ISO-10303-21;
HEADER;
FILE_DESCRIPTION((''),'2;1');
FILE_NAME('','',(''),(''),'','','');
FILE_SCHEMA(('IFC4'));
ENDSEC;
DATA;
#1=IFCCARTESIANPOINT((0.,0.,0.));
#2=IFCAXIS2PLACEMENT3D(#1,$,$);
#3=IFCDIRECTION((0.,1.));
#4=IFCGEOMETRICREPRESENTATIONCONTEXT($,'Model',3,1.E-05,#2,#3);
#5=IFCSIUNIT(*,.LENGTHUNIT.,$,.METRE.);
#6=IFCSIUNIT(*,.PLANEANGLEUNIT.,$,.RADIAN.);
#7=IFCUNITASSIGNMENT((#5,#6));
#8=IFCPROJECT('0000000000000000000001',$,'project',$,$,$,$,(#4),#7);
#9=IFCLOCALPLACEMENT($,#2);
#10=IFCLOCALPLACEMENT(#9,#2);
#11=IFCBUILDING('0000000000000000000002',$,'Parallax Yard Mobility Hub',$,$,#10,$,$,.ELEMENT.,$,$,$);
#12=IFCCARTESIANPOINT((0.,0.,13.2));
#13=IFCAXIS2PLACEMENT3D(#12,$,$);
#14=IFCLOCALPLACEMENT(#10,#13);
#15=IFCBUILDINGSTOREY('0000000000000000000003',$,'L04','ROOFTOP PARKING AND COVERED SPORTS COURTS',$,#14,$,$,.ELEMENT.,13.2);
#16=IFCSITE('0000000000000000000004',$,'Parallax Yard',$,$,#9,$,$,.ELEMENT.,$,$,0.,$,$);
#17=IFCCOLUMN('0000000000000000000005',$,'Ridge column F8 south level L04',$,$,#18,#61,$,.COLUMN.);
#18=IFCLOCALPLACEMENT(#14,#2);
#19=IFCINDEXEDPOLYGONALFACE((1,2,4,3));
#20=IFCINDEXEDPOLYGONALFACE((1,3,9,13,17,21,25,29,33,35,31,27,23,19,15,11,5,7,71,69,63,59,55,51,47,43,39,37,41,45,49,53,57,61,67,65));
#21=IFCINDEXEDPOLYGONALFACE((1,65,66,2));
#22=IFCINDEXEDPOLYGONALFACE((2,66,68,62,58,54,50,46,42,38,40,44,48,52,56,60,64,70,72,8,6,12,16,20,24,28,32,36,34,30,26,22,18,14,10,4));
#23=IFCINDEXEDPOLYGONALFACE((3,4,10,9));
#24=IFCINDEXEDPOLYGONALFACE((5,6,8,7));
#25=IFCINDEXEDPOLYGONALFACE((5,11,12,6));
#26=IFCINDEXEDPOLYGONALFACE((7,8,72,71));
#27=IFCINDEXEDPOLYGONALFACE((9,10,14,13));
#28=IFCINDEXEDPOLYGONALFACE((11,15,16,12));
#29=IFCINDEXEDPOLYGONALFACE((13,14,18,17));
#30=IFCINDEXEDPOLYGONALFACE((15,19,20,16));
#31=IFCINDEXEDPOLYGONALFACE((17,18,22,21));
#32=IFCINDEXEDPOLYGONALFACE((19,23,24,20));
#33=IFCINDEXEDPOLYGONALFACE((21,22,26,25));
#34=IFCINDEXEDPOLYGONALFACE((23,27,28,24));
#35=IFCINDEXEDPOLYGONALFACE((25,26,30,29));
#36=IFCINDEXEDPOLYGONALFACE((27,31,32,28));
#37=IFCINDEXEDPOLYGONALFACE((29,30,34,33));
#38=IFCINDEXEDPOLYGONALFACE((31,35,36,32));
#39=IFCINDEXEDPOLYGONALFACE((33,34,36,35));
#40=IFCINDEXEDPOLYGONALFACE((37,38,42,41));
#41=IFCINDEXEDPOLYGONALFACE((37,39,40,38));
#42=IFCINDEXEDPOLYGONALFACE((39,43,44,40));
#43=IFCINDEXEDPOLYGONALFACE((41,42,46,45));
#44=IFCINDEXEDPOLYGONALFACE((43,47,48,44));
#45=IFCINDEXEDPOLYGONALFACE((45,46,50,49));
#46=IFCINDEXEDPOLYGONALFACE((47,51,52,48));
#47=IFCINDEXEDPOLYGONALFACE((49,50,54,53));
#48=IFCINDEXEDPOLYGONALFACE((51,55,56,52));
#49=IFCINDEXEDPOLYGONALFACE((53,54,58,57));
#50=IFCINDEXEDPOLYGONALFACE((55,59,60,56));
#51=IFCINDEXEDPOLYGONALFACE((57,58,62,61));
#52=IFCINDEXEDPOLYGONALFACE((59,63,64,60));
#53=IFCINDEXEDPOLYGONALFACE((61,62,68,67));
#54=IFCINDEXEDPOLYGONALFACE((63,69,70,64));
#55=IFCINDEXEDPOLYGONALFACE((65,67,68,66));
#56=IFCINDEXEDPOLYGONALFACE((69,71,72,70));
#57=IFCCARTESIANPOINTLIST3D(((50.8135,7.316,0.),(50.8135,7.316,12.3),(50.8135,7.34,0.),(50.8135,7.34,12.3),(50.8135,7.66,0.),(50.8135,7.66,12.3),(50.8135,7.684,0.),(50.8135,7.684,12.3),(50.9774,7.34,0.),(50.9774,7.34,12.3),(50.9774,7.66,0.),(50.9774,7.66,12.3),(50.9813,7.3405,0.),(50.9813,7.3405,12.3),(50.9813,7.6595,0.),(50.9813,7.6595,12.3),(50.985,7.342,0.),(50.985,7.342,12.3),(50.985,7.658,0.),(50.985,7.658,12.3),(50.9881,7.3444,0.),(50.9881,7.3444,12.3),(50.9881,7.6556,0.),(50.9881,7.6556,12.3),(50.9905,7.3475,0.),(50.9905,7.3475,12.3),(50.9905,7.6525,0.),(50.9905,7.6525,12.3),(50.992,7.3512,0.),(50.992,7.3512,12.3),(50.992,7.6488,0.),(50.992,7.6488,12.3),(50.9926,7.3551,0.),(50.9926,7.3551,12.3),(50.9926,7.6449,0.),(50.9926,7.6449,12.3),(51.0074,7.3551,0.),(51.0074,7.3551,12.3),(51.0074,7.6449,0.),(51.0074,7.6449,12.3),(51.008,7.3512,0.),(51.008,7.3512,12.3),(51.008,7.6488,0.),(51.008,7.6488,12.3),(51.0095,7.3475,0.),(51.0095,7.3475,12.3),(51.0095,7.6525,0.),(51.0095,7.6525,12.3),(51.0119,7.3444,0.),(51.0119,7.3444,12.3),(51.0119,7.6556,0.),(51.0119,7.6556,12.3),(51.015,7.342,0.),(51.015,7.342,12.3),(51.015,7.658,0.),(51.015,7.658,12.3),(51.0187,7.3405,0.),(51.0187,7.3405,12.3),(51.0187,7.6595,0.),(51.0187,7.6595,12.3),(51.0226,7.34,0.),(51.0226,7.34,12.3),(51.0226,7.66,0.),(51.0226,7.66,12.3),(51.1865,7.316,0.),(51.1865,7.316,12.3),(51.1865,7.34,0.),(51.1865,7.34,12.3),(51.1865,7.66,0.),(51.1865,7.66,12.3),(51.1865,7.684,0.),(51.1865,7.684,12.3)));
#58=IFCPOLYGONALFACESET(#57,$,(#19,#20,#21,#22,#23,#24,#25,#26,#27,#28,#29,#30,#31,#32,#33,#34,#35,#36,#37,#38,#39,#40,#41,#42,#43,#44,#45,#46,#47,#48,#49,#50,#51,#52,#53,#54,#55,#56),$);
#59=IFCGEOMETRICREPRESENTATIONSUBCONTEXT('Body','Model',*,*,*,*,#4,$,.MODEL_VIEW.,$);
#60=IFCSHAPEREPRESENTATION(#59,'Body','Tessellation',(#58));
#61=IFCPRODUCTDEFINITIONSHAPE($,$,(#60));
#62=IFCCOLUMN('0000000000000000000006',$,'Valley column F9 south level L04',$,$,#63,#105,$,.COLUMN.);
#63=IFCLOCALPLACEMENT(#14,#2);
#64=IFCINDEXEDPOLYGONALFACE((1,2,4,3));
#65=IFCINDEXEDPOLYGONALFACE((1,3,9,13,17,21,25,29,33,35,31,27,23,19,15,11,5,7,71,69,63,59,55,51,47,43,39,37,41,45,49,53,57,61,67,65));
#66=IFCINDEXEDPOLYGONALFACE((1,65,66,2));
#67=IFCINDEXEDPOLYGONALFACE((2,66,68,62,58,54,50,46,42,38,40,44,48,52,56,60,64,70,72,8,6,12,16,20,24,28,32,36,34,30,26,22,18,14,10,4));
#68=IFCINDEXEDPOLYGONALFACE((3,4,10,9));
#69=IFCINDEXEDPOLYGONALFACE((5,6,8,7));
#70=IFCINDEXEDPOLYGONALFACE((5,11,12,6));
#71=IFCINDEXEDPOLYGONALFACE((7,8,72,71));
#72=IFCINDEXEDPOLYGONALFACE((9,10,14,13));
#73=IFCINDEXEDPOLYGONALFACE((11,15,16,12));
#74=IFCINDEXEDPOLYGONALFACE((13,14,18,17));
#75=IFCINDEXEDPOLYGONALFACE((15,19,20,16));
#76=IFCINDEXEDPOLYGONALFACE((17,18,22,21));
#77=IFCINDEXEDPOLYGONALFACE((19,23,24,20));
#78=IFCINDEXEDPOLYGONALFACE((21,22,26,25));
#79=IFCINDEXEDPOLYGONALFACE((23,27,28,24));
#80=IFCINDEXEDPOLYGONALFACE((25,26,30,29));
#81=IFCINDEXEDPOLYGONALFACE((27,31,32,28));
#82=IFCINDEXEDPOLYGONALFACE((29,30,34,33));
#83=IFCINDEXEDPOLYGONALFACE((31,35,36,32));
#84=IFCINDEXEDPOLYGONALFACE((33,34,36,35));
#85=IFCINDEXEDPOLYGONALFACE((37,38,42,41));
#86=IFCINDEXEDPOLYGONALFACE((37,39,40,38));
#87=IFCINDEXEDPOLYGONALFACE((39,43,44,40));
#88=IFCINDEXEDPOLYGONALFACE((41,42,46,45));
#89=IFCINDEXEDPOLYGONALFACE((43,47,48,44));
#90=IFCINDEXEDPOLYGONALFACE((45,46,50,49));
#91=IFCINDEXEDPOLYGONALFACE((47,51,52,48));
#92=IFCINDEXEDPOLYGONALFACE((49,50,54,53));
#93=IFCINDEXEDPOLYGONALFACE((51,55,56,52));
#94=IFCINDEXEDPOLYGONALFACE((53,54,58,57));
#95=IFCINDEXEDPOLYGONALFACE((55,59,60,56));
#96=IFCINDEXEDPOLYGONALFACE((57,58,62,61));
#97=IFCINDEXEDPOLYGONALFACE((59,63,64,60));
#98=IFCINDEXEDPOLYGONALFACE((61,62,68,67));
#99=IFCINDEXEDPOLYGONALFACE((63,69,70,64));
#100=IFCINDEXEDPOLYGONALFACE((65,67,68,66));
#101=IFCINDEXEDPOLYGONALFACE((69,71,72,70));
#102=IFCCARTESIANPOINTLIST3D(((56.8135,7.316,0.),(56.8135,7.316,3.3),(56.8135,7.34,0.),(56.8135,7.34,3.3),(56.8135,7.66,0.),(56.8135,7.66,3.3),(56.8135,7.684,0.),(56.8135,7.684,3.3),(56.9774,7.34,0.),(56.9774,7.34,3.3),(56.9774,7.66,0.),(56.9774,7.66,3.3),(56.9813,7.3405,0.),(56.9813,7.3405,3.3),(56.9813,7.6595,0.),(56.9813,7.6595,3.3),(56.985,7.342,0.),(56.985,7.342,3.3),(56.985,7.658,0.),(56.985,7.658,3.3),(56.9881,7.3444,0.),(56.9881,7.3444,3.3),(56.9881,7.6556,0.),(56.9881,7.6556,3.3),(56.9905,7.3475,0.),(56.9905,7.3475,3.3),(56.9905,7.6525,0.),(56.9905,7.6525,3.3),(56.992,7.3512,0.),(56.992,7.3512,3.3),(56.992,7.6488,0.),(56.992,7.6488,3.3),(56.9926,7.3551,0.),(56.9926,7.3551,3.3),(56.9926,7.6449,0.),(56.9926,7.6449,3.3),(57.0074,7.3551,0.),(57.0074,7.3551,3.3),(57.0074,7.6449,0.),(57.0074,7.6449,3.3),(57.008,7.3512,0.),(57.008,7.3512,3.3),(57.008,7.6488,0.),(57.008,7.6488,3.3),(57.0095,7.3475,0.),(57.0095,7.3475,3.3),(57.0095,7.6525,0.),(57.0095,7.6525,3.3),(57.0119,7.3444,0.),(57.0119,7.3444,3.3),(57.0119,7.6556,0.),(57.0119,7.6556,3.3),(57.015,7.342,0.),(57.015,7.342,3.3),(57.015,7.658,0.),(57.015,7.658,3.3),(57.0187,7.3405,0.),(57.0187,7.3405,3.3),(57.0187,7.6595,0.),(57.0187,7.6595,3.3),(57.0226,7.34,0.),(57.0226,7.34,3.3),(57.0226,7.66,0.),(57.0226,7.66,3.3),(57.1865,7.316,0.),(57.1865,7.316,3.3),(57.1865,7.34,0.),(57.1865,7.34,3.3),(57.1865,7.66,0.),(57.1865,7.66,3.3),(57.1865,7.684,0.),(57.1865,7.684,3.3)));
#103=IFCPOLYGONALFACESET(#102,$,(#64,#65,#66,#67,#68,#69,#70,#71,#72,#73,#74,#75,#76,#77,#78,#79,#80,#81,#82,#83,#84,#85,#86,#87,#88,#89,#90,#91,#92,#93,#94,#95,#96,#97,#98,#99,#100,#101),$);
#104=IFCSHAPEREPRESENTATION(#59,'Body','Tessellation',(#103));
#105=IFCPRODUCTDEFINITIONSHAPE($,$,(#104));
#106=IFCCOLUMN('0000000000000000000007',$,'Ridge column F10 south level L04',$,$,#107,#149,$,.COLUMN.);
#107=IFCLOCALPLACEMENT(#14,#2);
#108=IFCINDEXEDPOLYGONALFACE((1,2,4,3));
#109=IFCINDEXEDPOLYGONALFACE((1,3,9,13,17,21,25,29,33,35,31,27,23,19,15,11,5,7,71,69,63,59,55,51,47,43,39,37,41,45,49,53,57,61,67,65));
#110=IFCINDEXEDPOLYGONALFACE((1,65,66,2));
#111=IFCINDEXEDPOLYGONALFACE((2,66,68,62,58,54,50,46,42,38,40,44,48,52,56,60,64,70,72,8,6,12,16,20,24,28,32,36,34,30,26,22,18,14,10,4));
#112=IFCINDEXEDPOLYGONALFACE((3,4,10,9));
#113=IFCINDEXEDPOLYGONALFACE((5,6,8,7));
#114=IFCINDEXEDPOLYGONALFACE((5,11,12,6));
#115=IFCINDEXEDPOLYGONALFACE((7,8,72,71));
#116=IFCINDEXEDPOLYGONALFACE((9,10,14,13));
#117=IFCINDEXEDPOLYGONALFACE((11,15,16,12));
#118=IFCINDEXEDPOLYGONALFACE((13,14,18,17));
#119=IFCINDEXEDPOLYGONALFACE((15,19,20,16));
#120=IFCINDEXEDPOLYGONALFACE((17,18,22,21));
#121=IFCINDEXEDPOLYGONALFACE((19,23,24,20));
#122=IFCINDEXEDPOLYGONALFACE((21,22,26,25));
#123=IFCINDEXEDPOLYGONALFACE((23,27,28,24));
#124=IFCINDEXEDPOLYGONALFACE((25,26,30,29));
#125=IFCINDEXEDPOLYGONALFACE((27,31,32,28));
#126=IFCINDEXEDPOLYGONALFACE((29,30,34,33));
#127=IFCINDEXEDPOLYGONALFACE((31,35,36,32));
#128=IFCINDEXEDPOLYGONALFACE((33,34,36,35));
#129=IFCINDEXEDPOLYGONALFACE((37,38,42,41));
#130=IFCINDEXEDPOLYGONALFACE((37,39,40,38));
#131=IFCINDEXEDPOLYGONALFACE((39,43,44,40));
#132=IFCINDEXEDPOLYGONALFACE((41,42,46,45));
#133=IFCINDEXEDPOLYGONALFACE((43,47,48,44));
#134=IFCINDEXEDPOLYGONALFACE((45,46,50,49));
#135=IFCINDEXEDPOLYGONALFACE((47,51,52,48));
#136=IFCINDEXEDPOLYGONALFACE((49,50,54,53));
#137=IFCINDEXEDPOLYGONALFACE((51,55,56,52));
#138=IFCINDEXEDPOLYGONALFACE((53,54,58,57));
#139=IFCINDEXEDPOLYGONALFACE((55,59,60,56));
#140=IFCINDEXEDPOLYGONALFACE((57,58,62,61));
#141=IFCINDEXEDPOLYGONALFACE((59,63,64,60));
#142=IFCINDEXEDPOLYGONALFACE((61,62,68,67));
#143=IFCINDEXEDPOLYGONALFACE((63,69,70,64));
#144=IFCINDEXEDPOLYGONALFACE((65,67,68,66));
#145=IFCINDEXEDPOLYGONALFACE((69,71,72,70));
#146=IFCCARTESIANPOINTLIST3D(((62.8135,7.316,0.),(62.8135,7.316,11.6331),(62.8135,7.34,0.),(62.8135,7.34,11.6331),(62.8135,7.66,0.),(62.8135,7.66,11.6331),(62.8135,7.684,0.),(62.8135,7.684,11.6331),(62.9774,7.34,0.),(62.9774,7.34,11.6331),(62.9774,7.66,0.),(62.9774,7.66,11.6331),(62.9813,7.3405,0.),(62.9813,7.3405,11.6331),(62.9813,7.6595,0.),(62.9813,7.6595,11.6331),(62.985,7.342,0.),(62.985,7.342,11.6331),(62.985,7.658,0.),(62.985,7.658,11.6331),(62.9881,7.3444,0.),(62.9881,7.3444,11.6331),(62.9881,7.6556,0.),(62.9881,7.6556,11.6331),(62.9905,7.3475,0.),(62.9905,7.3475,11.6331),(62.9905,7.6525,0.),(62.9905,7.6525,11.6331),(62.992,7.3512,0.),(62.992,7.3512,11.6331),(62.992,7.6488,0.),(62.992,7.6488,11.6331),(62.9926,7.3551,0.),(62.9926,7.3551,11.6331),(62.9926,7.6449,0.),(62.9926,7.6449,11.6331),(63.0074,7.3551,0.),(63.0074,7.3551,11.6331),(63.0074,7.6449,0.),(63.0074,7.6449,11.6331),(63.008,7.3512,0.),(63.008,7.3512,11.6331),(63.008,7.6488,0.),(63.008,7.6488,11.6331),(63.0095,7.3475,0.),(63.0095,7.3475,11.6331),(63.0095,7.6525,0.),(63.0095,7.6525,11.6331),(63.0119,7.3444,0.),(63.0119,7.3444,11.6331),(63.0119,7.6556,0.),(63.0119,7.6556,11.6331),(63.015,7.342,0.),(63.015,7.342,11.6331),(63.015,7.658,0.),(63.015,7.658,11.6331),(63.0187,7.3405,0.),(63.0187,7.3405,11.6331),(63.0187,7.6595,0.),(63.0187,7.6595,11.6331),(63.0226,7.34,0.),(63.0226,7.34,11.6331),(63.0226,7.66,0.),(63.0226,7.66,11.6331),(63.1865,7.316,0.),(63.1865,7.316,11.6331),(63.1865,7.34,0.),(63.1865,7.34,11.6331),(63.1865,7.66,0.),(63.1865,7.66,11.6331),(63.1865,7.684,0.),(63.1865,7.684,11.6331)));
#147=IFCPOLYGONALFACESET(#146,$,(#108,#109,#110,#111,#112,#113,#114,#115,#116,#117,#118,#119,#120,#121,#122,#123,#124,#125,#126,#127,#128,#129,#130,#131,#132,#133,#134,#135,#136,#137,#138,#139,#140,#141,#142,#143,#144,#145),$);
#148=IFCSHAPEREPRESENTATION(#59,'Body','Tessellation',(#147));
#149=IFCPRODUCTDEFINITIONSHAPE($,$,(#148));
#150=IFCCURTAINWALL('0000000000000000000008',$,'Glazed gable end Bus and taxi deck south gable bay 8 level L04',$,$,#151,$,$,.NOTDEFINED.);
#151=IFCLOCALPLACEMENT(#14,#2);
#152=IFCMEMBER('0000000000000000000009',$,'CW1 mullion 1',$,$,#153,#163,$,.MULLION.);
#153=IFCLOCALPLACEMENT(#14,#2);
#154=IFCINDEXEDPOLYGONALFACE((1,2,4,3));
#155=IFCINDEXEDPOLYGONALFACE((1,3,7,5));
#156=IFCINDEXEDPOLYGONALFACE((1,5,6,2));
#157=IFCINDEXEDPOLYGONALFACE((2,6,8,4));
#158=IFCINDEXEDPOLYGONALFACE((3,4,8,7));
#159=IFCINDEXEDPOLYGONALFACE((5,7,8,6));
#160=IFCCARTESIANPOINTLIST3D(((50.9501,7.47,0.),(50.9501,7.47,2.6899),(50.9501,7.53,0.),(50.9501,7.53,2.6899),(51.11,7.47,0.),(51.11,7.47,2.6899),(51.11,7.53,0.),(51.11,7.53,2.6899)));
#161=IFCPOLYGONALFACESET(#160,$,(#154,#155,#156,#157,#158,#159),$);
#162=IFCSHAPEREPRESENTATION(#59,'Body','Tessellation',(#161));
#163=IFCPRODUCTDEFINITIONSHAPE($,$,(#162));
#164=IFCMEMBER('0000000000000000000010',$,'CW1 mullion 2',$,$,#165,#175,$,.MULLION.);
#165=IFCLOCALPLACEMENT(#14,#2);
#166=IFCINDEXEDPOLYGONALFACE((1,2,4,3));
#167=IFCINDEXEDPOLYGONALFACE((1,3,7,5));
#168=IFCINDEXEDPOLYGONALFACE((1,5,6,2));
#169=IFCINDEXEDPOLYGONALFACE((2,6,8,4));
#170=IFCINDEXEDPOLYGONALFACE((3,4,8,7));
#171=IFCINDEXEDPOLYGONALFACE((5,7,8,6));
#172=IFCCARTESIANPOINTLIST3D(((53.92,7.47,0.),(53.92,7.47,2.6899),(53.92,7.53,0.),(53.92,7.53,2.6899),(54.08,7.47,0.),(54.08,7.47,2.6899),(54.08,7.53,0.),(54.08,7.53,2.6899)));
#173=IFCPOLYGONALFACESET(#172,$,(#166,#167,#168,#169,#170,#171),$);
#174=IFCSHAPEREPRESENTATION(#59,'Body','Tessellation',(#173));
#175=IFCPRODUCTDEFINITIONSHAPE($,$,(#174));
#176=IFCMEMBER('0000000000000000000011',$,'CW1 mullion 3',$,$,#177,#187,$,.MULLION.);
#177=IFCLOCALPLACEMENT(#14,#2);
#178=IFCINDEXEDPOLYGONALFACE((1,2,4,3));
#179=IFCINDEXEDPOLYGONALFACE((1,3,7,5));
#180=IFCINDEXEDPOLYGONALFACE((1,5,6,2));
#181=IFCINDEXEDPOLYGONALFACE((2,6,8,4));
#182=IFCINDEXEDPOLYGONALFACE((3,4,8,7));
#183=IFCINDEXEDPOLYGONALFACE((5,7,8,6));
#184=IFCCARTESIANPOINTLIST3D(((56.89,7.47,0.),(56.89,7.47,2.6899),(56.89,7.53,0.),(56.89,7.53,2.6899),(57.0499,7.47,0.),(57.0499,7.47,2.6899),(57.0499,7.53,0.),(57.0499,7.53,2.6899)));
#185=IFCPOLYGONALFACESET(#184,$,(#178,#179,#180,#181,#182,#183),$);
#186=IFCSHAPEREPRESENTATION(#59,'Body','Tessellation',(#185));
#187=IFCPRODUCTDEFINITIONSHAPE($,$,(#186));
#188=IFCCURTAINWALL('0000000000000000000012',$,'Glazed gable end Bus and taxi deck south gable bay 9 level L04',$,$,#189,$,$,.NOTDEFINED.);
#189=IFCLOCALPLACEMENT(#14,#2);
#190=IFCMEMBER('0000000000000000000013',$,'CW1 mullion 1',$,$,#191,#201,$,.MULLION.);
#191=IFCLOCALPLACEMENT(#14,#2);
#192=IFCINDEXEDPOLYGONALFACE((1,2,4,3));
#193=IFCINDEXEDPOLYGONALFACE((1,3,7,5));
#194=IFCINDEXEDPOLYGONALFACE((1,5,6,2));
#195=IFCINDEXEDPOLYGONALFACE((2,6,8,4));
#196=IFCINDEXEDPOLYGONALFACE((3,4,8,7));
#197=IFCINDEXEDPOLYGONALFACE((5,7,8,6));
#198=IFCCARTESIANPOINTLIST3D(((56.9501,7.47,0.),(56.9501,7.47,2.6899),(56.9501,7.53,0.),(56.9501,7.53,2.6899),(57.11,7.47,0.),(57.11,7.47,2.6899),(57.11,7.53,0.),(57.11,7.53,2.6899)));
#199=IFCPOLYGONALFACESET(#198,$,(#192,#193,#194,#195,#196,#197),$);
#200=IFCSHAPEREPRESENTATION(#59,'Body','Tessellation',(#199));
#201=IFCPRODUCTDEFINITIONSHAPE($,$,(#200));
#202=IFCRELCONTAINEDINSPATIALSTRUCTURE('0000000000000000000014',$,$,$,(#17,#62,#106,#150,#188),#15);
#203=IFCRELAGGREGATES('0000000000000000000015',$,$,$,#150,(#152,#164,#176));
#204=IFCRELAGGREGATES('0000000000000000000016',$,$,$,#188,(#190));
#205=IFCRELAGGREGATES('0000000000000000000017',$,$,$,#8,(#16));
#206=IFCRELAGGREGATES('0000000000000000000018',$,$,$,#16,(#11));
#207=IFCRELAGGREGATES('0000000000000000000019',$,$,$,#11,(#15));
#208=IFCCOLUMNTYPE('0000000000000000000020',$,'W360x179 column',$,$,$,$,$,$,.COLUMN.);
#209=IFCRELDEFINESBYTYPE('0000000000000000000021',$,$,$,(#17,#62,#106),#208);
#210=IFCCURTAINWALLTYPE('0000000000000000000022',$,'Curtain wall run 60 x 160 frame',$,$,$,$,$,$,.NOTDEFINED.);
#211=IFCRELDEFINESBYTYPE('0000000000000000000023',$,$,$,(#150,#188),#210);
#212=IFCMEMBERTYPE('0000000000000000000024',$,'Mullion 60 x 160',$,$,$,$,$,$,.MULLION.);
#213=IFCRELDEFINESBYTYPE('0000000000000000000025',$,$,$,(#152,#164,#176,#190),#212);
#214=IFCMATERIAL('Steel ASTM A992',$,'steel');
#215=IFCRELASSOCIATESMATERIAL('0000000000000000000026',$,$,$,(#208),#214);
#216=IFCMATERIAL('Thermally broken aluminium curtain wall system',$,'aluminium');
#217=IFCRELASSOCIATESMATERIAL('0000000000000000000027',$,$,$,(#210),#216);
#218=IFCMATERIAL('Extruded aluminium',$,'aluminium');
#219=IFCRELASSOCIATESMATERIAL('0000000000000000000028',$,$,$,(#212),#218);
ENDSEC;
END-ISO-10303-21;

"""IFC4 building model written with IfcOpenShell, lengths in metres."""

from ifc_helpers import new_model, si_unit, direction, frame, origin, origin_2d, place, context, subcontext, project, spatial, rectangle, i_section, extrude, material, material_profile, profile_set, type_object, element, aggregate, save


model = new_model("IFC4")

# Units and contexts
model_context = context("Model", 3, precision=1e-05, world=origin(), true_north=direction((0.0, 1.0)))
body_context = subcontext(model_context, "Body", "Model", "MODEL_VIEW")
ifc_project = project(units=[si_unit("LENGTHUNIT", "METRE"), si_unit("PLANEANGLEUNIT", "RADIAN")], contexts=[model_context])

# Site, building, storey
site_placement = place(None, origin())
site = spatial("IfcSite", under=ifc_project, at=site_placement, Name="Parallax Yard", CompositionType="ELEMENT", RefElevation=0.0)
building_placement = place(site_placement, origin())
building = spatial("IfcBuilding", under=site, at=building_placement, Name="Parallax Yard Mobility Hub", CompositionType="ELEMENT")
storey_placement = place(building_placement, frame((0.0, 0.0, 13.2)))
storey = spatial("IfcBuildingStorey", under=building, at=storey_placement, Name="L04", Description="ROOFTOP PARKING AND COVERED SPORTS COURTS", CompositionType="ELEMENT", Elevation=13.2)

# Columns
ifc_material_1 = material(Name="Steel ASTM A992", Category="steel")
ifc_material_profile_1 = material_profile(ifc_material_1, i_section(OverallWidth=0.373, OverallDepth=0.3679, WebThickness=0.0149, FlangeThickness=0.0239, FilletRadius=0.0151, at=origin_2d()), Name="W360x179")
ifc_profile_set_1 = profile_set([ifc_material_profile_1], Name="Steel ASTM A992")
column_type = type_object("IfcColumnType", Name="W360x179 column", PredefinedType="COLUMN", material=ifc_profile_set_1)
column_1_placement = place(storey_placement, frame((51.0, 7.5, 0.0), z_axis=(0.0, 0.0, 1.0), x_axis=(1.0, 0.0, 0.0)))
element("IfcColumn", 1, at=column_1_placement, inside=storey, type_object=column_type, Name="Ridge column F8 south level L04", PredefinedType="COLUMN", context=body_context, shape_type="SweptSolid", body=[
    extrude(i_section(OverallWidth=0.373, OverallDepth=0.3679, WebThickness=0.0149, FlangeThickness=0.0239, FilletRadius=0.0151, at=origin_2d()), origin(), (0.0, 0.0, 1.0), 12.3),
])
column_2_placement = place(storey_placement, frame((57.0, 7.5, 0.0), z_axis=(0.0, 0.0, 1.0), x_axis=(1.0, 0.0, 0.0)))
element("IfcColumn", 2, at=column_2_placement, inside=storey, type_object=column_type, Name="Valley column F9 south level L04", PredefinedType="COLUMN", context=body_context, shape_type="SweptSolid", body=[
    extrude(i_section(OverallWidth=0.373, OverallDepth=0.3679, WebThickness=0.0149, FlangeThickness=0.0239, FilletRadius=0.0151, at=origin_2d()), origin(), (0.0, 0.0, 1.0), 3.3),
])
column_3_placement = place(storey_placement, frame((63.0, 7.5, 0.0), z_axis=(0.0, 0.0, 1.0), x_axis=(1.0, 0.0, 0.0)))
element("IfcColumn", 3, at=column_3_placement, inside=storey, type_object=column_type, Name="Ridge column F10 south level L04", PredefinedType="COLUMN", context=body_context, shape_type="SweptSolid", body=[
    extrude(i_section(OverallWidth=0.373, OverallDepth=0.3679, WebThickness=0.0149, FlangeThickness=0.0239, FilletRadius=0.0151, at=origin_2d()), origin(), (0.0, 0.0, 1.0), 11.6331),
])

# Curtain walls, members
ifc_material_2 = material(Name="Thermally broken aluminium curtain wall system", Category="aluminium")
curtain_wall_type = type_object("IfcCurtainWallType", Name="Curtain wall run 60 x 160 frame", PredefinedType="NOTDEFINED", material=ifc_material_2)
curtain_wall_1_placement = place(storey_placement, origin())
curtain_wall_1 = element("IfcCurtainWall", 4, at=curtain_wall_1_placement, inside=storey, type_object=curtain_wall_type, Name="Glazed gable end Bus and taxi deck south gable bay 8 level L04", PredefinedType="NOTDEFINED")
ifc_material_3 = material(Name="Extruded aluminium", Category="aluminium")
ifc_material_profile_2 = material_profile(ifc_material_3, rectangle(XDim=0.0601, YDim=0.1599, at=origin_2d()), Name="Mullion 60 x 160")
ifc_profile_set_2 = profile_set([ifc_material_profile_2], Name="Extruded aluminium")
member_type_1 = type_object("IfcMemberType", Name="Mullion 60 x 160", PredefinedType="MULLION", material=ifc_profile_set_2)
member_1_placement = place(storey_placement, frame((51.03, 7.5, 0.0), z_axis=(0.0, 0.0, 1.0), x_axis=(0.0, 1.0, 0.0)))
member_1 = element("IfcMember", 5, at=member_1_placement, type_object=member_type_1, Name="CW1 mullion 1", PredefinedType="MULLION", context=body_context, shape_type="SweptSolid", body=[
    extrude(rectangle(XDim=0.0601, YDim=0.1599, at=origin_2d()), origin(), (0.0, 0.0, 1.0), 2.6899),
])
member_2_placement = place(storey_placement, frame((54.0, 7.5, 0.0), z_axis=(0.0, 0.0, 1.0), x_axis=(0.0, 1.0, 0.0)))
member_2 = element("IfcMember", 6, at=member_2_placement, type_object=member_type_1, Name="CW1 mullion 2", PredefinedType="MULLION", context=body_context, shape_type="SweptSolid", body=[
    extrude(rectangle(XDim=0.0601, YDim=0.1599, at=origin_2d()), origin(), (0.0, 0.0, 1.0), 2.6899),
])
member_3_placement = place(storey_placement, frame((56.97, 7.5, 0.0), z_axis=(0.0, 0.0, 1.0), x_axis=(0.0, 1.0, 0.0)))
member_3 = element("IfcMember", 7, at=member_3_placement, type_object=member_type_1, Name="CW1 mullion 3", PredefinedType="MULLION", context=body_context, shape_type="SweptSolid", body=[
    extrude(rectangle(XDim=0.0601, YDim=0.1599, at=origin_2d()), origin(), (0.0, 0.0, 1.0), 2.6899),
])
curtain_wall_2_placement = place(storey_placement, origin())
curtain_wall_2 = element("IfcCurtainWall", 8, at=curtain_wall_2_placement, inside=storey, type_object=curtain_wall_type, Name="Glazed gable end Bus and taxi deck south gable bay 9 level L04", PredefinedType="NOTDEFINED")
member_4_placement = place(storey_placement, frame((57.03, 7.5, 0.0), z_axis=(0.0, 0.0, 1.0), x_axis=(0.0, 1.0, 0.0)))
member_4 = element("IfcMember", 9, at=member_4_placement, type_object=member_type_1, Name="CW1 mullion 1", PredefinedType="MULLION", context=body_context, shape_type="SweptSolid", body=[
    extrude(rectangle(XDim=0.0601, YDim=0.1599, at=origin_2d()), origin(), (0.0, 0.0, 1.0), 2.6899),
])

aggregate(curtain_wall_1, [member_1, member_2, member_3])
aggregate(curtain_wall_2, [member_4])

save(model, "model.ifc")
